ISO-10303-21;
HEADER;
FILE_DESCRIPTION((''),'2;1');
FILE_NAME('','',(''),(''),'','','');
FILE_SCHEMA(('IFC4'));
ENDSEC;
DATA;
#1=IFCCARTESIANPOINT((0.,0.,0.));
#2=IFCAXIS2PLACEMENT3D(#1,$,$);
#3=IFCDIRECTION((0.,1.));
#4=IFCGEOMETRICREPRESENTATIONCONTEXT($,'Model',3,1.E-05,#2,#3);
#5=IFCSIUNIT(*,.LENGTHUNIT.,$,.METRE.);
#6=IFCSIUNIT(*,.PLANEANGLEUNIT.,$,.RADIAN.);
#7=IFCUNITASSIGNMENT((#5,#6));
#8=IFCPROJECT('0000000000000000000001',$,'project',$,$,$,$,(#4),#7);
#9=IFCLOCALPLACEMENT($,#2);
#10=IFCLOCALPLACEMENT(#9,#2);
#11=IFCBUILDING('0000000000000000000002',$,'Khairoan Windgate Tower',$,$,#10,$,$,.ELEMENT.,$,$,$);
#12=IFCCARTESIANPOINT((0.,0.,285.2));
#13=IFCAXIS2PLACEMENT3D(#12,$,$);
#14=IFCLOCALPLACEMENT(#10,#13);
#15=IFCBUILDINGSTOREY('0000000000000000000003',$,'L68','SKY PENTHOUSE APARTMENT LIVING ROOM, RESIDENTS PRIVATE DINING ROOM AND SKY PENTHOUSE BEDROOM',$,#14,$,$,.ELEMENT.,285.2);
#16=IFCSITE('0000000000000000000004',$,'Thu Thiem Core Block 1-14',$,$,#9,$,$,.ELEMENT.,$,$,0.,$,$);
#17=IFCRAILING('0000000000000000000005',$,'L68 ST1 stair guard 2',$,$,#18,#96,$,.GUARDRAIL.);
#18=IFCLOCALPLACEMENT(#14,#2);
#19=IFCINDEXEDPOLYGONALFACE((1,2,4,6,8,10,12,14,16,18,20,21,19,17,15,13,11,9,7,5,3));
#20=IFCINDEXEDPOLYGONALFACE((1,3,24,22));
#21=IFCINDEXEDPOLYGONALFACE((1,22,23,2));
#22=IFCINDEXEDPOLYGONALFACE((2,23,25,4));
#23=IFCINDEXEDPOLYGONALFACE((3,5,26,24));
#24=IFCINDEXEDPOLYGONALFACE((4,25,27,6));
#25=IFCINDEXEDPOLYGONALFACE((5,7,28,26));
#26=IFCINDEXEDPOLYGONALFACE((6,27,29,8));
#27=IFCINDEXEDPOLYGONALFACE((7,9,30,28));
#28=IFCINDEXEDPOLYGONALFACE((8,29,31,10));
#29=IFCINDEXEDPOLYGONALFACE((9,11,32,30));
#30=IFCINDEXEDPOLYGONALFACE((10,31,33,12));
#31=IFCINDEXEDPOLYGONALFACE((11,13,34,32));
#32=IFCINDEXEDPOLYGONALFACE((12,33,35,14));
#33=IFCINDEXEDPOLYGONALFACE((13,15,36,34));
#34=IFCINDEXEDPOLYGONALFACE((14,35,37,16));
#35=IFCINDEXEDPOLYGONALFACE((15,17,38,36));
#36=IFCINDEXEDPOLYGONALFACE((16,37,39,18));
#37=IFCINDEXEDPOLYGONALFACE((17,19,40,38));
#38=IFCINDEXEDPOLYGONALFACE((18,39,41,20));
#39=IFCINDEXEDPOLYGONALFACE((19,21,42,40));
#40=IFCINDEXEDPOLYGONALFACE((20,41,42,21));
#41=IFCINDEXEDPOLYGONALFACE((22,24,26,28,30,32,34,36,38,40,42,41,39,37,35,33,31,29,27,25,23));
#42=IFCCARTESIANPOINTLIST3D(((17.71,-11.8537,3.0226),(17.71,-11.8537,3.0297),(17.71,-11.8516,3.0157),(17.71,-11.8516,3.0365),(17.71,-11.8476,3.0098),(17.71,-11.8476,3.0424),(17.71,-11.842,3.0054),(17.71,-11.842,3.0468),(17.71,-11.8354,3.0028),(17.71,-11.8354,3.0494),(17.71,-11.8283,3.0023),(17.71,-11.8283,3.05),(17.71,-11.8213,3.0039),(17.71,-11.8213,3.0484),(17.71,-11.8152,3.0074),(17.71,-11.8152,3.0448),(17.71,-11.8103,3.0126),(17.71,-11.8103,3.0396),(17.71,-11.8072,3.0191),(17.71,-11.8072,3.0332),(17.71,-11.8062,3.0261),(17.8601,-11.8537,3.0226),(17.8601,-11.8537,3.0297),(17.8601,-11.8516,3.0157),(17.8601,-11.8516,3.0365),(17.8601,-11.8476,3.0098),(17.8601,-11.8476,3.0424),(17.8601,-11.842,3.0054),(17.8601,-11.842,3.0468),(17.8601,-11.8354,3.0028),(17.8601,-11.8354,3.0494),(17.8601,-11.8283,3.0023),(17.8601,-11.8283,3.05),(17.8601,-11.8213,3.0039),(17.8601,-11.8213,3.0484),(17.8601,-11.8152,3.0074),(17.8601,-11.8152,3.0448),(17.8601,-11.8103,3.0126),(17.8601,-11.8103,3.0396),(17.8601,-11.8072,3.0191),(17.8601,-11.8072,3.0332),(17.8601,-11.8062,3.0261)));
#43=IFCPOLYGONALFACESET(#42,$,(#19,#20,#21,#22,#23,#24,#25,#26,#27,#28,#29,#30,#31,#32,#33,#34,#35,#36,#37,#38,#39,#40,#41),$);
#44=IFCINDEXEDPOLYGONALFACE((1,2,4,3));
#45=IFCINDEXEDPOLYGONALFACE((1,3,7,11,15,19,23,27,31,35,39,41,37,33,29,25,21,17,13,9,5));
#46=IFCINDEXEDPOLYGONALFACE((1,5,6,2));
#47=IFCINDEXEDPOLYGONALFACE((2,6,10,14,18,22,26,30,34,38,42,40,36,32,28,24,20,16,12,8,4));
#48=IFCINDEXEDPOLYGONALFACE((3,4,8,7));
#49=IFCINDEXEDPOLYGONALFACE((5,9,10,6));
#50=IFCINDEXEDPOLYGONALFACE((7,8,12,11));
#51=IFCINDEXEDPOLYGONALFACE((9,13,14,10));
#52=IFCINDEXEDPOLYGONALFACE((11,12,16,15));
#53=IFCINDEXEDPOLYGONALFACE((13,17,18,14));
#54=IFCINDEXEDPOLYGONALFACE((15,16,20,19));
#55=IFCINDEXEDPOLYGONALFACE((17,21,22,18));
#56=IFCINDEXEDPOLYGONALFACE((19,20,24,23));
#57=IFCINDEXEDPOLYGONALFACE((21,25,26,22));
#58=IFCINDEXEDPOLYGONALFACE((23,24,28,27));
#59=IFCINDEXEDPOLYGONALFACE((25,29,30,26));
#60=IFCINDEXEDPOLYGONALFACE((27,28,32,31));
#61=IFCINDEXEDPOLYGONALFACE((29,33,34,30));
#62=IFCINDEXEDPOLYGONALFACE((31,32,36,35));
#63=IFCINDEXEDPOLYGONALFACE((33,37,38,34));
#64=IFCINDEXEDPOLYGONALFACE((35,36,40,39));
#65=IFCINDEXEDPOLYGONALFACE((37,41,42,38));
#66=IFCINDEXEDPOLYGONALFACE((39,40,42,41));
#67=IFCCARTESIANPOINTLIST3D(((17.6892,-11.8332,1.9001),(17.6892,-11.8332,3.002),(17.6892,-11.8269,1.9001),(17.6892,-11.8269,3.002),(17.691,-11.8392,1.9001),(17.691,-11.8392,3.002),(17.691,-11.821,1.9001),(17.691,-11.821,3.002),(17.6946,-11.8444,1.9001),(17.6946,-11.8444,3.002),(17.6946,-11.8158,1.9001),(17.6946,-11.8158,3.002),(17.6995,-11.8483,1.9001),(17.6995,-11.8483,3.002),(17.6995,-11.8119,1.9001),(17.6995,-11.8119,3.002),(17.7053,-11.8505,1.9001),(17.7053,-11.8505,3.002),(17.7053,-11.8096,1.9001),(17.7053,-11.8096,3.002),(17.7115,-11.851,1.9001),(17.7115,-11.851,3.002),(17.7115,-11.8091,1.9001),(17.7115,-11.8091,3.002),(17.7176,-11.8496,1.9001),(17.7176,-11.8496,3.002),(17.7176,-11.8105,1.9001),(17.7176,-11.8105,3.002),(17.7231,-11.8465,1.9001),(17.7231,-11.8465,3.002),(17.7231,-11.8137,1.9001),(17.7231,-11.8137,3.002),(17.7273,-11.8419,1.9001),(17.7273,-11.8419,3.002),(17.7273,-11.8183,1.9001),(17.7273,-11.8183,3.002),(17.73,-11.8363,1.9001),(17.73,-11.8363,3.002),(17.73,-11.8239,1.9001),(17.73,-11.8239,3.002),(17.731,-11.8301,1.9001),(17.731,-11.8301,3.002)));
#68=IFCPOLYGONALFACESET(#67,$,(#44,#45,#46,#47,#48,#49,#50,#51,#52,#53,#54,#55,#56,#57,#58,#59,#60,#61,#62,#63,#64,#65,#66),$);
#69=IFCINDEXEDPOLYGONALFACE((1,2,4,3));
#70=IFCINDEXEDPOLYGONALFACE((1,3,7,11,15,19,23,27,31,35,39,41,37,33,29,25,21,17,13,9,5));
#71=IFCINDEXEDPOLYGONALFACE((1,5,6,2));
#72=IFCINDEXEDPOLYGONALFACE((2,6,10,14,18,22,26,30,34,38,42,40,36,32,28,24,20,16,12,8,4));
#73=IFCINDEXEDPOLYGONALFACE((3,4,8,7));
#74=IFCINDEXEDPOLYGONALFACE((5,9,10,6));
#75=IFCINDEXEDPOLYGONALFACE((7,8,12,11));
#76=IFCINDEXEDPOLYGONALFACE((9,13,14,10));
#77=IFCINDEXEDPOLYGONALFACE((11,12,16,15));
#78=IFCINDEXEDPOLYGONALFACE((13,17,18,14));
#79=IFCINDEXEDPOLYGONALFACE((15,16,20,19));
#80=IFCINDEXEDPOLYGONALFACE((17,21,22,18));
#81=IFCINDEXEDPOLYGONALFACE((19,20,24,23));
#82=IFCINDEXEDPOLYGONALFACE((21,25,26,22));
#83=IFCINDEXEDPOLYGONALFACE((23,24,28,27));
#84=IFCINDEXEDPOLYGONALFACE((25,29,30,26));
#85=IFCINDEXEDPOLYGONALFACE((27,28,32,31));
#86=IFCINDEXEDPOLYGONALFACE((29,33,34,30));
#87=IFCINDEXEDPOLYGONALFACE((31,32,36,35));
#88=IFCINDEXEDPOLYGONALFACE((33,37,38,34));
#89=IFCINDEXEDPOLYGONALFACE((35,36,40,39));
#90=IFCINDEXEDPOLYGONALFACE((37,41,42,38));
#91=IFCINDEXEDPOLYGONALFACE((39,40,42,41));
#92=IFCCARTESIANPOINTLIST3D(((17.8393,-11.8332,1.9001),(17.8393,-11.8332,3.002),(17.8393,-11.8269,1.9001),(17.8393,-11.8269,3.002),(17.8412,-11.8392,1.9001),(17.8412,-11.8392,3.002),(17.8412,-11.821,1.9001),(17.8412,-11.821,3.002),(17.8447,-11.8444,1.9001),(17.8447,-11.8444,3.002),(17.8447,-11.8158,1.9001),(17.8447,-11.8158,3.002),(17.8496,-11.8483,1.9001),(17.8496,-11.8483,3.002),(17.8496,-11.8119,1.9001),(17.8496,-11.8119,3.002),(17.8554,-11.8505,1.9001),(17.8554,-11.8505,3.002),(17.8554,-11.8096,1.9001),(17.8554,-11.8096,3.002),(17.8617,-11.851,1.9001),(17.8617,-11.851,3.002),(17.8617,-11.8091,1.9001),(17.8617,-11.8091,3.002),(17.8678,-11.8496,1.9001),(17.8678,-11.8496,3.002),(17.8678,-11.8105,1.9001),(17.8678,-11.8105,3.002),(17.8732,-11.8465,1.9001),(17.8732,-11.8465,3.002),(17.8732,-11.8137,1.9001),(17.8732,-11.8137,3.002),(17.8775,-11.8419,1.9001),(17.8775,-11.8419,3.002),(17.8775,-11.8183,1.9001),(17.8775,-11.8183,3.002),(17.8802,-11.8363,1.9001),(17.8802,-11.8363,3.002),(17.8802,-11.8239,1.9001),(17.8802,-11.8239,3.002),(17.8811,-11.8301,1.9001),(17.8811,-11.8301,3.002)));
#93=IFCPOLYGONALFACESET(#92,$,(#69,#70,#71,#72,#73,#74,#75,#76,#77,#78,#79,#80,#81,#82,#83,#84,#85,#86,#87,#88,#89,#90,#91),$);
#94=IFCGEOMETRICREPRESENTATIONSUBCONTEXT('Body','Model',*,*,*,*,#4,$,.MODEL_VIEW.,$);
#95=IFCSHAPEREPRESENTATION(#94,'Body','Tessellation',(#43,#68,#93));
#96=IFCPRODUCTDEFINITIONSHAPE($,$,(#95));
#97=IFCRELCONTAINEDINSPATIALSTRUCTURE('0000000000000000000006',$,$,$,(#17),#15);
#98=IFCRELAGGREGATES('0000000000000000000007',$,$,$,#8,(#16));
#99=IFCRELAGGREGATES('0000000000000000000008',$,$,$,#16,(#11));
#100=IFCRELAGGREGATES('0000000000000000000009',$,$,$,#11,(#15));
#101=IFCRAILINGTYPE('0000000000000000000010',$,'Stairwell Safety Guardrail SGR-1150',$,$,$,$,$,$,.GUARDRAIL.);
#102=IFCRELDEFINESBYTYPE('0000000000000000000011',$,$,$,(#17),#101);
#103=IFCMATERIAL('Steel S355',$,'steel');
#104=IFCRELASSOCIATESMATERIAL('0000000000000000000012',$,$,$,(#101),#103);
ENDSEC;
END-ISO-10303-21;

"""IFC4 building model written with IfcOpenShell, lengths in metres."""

from ifc_helpers import new_model, si_unit, direction, frame, origin, origin_2d, place, context, subcontext, project, spatial, circle, extrude, material, type_object, element, save


model = new_model("IFC4")

# Units and contexts
model_context = context("Model", 3, precision=1e-05, world=origin(), true_north=direction((0.0, 1.0)))
body_context = subcontext(model_context, "Body", "Model", "MODEL_VIEW")
ifc_project = project(units=[si_unit("LENGTHUNIT", "METRE"), si_unit("PLANEANGLEUNIT", "RADIAN")], contexts=[model_context])

# Site, building, storey
site_placement = place(None, origin())
site = spatial("IfcSite", under=ifc_project, at=site_placement, Name="Thu Thiem Core Block 1-14", CompositionType="ELEMENT", RefElevation=0.0)
building_placement = place(site_placement, origin())
building = spatial("IfcBuilding", under=site, at=building_placement, Name="Khairoan Windgate Tower", CompositionType="ELEMENT")
storey_placement = place(building_placement, frame((0.0, 0.0, 285.2)))
storey = spatial("IfcBuildingStorey", under=building, at=storey_placement, Name="L68", Description="SKY PENTHOUSE APARTMENT LIVING ROOM, RESIDENTS PRIVATE DINING ROOM AND SKY PENTHOUSE BEDROOM", CompositionType="ELEMENT", Elevation=285.2)

# Railing
ifc_material_1 = material(Name="Steel S355", Category="steel")
railing_type_1 = type_object("IfcRailingType", Name="Stairwell Safety Guardrail SGR-1150", PredefinedType="GUARDRAIL", material=ifc_material_1)
railing_1_placement = place(storey_placement, frame((17.71, -11.8301, 1.9001)))
element("IfcRailing", 1, at=railing_1_placement, inside=storey, type_object=railing_type_1, Name="L68 ST1 stair guard 2", PredefinedType="GUARDRAIL", context=body_context, shape_type="SweptSolid", body=[
    extrude(circle(Radius=0.0239, at=origin_2d()), frame((0.0, 0.0, 1.126), z_axis=(1.0, 0.0, 0.0), x_axis=(0.0, 1.0, 0.0)), (0.0, 0.0, 1.0), 0.1501),
    extrude(circle(Radius=0.021, at=origin_2d()), origin(), (0.0, 0.0, 1.0), 1.1018),
    extrude(circle(Radius=0.021, at=origin_2d()), frame((0.1501, 0.0, 0.0)), (0.0, 0.0, 1.0), 1.1018),
])

save(model, "model.ifc")
